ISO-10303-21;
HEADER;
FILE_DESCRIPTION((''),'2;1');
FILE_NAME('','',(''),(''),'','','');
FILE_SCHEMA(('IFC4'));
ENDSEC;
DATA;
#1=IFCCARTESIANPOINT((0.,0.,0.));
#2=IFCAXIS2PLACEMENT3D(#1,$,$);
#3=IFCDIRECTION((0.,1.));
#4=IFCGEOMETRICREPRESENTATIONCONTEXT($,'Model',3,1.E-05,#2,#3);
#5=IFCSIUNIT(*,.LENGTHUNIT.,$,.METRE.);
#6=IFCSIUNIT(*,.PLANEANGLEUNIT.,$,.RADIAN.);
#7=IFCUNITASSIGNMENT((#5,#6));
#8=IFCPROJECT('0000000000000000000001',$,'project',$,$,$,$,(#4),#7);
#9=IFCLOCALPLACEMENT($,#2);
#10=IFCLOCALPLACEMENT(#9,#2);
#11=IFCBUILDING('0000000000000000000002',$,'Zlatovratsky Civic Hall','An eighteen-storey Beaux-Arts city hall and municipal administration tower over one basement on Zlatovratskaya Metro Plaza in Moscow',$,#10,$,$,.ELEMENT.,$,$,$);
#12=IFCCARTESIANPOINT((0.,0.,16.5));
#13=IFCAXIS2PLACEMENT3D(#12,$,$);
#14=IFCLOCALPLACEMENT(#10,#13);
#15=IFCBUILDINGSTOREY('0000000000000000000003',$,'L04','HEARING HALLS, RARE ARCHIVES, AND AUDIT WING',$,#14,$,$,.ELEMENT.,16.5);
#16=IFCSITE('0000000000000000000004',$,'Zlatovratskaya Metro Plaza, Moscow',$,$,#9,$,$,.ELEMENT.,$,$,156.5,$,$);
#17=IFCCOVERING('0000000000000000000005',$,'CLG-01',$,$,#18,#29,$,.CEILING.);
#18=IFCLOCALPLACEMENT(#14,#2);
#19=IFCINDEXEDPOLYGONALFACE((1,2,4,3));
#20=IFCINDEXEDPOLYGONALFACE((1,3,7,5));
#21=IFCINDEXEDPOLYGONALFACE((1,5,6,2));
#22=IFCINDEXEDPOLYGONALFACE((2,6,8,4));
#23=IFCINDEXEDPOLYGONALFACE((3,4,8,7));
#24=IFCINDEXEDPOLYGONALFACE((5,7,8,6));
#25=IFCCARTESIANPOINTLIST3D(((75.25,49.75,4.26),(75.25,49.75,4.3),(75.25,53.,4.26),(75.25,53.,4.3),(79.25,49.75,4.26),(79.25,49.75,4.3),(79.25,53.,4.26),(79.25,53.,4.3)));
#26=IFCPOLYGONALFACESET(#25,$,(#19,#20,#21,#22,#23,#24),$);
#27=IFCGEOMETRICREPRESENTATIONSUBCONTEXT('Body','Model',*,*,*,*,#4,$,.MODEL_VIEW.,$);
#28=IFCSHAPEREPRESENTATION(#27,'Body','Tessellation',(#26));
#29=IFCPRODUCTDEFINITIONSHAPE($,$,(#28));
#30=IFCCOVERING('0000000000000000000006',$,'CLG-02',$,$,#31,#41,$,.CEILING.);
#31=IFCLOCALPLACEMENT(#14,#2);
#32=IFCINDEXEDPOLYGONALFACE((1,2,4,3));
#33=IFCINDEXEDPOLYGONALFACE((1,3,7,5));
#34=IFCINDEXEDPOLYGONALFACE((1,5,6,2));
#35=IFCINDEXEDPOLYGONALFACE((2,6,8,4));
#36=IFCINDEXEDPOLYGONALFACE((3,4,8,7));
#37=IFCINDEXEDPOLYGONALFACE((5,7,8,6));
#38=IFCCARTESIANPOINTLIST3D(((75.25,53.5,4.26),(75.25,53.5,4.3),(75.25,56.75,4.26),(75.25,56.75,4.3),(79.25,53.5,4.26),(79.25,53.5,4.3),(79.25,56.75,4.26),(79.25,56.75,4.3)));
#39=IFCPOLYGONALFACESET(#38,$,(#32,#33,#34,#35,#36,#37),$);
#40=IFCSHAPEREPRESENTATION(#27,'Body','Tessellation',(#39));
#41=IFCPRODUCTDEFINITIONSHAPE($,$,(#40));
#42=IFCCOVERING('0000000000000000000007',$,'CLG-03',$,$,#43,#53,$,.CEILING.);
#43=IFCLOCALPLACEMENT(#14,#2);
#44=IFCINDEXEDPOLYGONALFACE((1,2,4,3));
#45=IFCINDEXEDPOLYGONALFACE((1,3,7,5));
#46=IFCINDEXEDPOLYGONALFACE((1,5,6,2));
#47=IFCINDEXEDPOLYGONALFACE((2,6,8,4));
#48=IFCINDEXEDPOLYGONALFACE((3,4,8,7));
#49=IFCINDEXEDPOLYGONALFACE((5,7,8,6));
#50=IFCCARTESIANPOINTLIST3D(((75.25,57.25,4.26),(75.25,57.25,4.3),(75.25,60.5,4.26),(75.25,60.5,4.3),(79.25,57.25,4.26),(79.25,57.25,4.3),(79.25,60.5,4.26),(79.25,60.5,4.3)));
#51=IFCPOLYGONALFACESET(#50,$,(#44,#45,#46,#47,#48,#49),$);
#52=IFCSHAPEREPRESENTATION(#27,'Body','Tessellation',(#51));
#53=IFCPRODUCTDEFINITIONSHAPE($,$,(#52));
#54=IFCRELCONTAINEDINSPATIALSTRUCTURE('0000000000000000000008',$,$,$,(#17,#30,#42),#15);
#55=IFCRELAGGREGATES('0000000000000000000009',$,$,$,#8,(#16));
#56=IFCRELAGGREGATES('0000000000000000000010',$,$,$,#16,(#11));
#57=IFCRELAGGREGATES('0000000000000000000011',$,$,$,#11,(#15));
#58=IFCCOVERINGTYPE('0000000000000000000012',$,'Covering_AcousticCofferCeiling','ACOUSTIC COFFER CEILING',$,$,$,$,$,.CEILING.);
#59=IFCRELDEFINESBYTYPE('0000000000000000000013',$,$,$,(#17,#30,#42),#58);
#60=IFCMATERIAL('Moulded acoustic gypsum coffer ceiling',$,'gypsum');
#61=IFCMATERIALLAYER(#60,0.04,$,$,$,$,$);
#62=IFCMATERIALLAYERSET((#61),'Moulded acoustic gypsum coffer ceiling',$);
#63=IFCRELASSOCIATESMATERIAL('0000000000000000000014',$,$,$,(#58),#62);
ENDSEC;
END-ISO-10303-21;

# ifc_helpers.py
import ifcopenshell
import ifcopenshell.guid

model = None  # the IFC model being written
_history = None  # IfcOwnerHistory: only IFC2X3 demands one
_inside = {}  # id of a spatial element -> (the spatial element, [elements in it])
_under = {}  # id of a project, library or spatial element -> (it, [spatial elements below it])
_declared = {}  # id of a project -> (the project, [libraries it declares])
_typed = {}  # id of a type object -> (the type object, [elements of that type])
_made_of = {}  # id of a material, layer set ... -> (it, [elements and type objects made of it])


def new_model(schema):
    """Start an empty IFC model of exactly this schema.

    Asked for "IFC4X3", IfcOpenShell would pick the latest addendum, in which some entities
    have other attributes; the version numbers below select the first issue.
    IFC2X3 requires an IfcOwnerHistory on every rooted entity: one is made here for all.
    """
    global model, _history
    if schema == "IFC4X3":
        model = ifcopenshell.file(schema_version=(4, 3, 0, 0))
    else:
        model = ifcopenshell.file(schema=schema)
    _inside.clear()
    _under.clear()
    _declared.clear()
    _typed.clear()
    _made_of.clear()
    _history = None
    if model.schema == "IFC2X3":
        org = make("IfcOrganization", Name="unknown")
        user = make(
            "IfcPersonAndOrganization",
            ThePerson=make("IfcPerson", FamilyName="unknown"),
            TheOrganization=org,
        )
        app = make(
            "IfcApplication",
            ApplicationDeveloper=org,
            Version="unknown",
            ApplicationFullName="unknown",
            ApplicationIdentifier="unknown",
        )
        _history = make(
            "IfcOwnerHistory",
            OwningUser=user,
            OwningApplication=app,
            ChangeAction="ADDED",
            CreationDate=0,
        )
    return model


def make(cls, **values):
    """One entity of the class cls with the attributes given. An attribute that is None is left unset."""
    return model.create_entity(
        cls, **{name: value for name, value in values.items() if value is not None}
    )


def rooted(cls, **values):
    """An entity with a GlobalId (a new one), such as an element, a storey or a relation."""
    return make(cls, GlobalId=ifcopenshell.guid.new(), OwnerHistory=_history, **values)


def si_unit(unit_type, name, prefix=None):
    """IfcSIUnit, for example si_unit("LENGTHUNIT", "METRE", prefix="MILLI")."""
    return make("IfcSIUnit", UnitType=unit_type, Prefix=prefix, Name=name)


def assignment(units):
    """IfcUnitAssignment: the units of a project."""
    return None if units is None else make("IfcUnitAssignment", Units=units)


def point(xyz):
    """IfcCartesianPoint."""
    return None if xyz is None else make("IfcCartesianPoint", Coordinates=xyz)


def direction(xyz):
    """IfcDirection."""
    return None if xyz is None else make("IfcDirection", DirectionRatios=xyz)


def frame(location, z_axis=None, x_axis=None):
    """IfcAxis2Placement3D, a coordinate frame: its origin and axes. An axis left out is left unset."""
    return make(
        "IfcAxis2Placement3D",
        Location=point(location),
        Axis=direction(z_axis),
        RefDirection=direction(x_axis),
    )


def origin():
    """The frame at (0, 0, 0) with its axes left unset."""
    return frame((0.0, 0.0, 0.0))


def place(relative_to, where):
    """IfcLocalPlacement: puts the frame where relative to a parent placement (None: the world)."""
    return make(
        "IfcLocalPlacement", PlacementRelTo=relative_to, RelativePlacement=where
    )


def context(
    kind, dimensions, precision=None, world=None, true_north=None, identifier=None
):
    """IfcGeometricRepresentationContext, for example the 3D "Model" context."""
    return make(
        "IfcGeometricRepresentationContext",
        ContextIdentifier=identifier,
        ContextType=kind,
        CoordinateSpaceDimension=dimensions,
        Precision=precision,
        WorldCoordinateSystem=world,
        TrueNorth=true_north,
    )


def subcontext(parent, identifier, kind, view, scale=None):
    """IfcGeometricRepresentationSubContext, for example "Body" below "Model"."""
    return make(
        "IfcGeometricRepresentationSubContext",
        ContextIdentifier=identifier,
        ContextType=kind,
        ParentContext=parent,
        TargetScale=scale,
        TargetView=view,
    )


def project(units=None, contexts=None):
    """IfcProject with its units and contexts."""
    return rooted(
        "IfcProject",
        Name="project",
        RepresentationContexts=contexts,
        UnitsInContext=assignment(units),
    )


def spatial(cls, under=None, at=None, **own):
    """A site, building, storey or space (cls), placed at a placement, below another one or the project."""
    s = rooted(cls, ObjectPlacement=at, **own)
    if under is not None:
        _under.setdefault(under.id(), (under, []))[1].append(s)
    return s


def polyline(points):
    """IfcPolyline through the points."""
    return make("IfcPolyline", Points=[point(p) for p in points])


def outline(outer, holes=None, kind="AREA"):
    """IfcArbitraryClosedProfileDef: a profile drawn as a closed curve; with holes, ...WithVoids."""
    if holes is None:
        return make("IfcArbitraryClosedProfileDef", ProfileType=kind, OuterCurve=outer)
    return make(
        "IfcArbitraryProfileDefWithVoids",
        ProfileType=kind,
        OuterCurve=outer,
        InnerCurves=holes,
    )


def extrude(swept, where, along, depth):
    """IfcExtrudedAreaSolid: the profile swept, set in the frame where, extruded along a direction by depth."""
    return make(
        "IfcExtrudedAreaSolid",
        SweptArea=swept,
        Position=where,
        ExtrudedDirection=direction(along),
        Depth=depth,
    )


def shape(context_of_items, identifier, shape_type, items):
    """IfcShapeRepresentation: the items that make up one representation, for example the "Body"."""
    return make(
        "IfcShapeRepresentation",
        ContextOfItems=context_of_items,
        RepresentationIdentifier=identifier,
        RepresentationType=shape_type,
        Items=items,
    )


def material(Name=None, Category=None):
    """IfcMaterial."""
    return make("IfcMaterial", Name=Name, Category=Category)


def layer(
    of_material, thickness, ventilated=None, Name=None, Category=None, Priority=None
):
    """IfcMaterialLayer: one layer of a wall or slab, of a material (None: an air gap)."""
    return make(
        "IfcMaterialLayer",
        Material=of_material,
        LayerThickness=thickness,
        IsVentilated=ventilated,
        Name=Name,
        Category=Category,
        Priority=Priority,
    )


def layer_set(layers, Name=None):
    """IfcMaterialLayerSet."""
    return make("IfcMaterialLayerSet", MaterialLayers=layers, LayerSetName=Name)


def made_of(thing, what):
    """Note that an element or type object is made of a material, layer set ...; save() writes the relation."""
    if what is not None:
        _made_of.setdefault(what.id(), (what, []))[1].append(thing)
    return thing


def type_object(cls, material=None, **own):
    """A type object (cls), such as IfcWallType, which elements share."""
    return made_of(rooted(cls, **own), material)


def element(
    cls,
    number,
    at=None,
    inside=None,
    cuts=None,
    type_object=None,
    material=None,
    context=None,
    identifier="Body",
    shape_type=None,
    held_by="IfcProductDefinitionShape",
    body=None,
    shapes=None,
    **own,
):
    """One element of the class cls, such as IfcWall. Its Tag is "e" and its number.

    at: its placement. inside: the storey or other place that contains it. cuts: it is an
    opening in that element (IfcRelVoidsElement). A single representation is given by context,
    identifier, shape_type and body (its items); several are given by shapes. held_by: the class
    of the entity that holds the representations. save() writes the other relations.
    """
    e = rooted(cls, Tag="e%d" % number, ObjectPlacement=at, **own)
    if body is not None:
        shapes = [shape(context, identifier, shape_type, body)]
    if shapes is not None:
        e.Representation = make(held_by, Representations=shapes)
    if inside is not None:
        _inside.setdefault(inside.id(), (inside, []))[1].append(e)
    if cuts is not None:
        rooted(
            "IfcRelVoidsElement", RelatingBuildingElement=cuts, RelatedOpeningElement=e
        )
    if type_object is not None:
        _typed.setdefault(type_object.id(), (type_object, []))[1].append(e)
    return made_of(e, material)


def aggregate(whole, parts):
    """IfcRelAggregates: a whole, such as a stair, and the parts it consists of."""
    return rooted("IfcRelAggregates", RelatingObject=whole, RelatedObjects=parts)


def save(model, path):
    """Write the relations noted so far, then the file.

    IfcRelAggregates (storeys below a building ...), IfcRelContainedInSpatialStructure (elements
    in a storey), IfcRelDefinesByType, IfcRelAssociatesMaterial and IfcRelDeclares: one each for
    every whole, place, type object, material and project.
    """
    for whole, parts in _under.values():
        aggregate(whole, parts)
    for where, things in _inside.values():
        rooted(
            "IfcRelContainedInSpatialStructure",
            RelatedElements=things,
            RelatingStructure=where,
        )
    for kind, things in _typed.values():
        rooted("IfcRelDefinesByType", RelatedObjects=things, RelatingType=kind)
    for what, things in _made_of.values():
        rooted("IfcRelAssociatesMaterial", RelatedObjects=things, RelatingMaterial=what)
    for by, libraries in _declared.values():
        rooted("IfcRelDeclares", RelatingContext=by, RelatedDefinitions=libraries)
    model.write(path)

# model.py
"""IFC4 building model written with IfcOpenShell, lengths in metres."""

from ifc_helpers import new_model, si_unit, direction, frame, origin, place, context, subcontext, project, spatial, polyline, outline, extrude, material, layer, layer_set, type_object, element, save


model = new_model("IFC4")

# Units and contexts
model_context = context("Model", 3, precision=1e-05, world=origin(), true_north=direction((0.0, 1.0)))
body_context = subcontext(model_context, "Body", "Model", "MODEL_VIEW")
ifc_project = project(units=[si_unit("LENGTHUNIT", "METRE"), si_unit("PLANEANGLEUNIT", "RADIAN")], contexts=[model_context])

# Site, building, storey
site_placement = place(None, origin())
site = spatial("IfcSite", under=ifc_project, at=site_placement, Name="Zlatovratskaya Metro Plaza, Moscow", CompositionType="ELEMENT", RefElevation=156.5)
building_placement = place(site_placement, origin())
building = spatial("IfcBuilding", under=site, at=building_placement, Name="Zlatovratsky Civic Hall", Description="An eighteen-storey Beaux-Arts city hall and municipal administration tower over one basement on Zlatovratskaya Metro Plaza in Moscow", CompositionType="ELEMENT")
storey_placement = place(building_placement, frame((0.0, 0.0, 16.5)))
storey = spatial("IfcBuildingStorey", under=building, at=storey_placement, Name="L04", Description="HEARING HALLS, RARE ARCHIVES, AND AUDIT WING", CompositionType="ELEMENT", Elevation=16.5)

# Coverings
ifc_material_1 = material(Name="Moulded acoustic gypsum coffer ceiling", Category="gypsum")
ifc_layer_1 = layer(ifc_material_1, 0.04)
ifc_layer_set_1 = layer_set([ifc_layer_1], Name="Moulded acoustic gypsum coffer ceiling")
covering_type = type_object("IfcCoveringType", Name="Covering_AcousticCofferCeiling", Description="ACOUSTIC COFFER CEILING", PredefinedType="CEILING", material=ifc_layer_set_1)
covering_1_placement = place(storey_placement, frame((0.0, 0.0, 4.26)))
element("IfcCovering", 1, at=covering_1_placement, inside=storey, type_object=covering_type, Name="CLG-01", PredefinedType="CEILING", context=body_context, shape_type="SweptSolid", body=[
    extrude(outline(polyline([(75.25, 49.75), (79.25, 49.75), (79.25, 53.0), (75.25, 53.0), (75.25, 49.75)])), origin(), (0.0, 0.0, 1.0), 0.04),
])
covering_2_placement = place(storey_placement, frame((0.0, 0.0, 4.26)))
element("IfcCovering", 2, at=covering_2_placement, inside=storey, type_object=covering_type, Name="CLG-02", PredefinedType="CEILING", context=body_context, shape_type="SweptSolid", body=[
    extrude(outline(polyline([(75.25, 53.5), (79.25, 53.5), (79.25, 56.75), (75.25, 56.75), (75.25, 53.5)])), origin(), (0.0, 0.0, 1.0), 0.04),
])
covering_3_placement = place(storey_placement, frame((0.0, 0.0, 4.26)))
element("IfcCovering", 3, at=covering_3_placement, inside=storey, type_object=covering_type, Name="CLG-03", PredefinedType="CEILING", context=body_context, shape_type="SweptSolid", body=[
    extrude(outline(polyline([(75.25, 57.25), (79.25, 57.25), (79.25, 60.5), (75.25, 60.5), (75.25, 57.25)])), origin(), (0.0, 0.0, 1.0), 0.04),
])

save(model, "model.ifc")
